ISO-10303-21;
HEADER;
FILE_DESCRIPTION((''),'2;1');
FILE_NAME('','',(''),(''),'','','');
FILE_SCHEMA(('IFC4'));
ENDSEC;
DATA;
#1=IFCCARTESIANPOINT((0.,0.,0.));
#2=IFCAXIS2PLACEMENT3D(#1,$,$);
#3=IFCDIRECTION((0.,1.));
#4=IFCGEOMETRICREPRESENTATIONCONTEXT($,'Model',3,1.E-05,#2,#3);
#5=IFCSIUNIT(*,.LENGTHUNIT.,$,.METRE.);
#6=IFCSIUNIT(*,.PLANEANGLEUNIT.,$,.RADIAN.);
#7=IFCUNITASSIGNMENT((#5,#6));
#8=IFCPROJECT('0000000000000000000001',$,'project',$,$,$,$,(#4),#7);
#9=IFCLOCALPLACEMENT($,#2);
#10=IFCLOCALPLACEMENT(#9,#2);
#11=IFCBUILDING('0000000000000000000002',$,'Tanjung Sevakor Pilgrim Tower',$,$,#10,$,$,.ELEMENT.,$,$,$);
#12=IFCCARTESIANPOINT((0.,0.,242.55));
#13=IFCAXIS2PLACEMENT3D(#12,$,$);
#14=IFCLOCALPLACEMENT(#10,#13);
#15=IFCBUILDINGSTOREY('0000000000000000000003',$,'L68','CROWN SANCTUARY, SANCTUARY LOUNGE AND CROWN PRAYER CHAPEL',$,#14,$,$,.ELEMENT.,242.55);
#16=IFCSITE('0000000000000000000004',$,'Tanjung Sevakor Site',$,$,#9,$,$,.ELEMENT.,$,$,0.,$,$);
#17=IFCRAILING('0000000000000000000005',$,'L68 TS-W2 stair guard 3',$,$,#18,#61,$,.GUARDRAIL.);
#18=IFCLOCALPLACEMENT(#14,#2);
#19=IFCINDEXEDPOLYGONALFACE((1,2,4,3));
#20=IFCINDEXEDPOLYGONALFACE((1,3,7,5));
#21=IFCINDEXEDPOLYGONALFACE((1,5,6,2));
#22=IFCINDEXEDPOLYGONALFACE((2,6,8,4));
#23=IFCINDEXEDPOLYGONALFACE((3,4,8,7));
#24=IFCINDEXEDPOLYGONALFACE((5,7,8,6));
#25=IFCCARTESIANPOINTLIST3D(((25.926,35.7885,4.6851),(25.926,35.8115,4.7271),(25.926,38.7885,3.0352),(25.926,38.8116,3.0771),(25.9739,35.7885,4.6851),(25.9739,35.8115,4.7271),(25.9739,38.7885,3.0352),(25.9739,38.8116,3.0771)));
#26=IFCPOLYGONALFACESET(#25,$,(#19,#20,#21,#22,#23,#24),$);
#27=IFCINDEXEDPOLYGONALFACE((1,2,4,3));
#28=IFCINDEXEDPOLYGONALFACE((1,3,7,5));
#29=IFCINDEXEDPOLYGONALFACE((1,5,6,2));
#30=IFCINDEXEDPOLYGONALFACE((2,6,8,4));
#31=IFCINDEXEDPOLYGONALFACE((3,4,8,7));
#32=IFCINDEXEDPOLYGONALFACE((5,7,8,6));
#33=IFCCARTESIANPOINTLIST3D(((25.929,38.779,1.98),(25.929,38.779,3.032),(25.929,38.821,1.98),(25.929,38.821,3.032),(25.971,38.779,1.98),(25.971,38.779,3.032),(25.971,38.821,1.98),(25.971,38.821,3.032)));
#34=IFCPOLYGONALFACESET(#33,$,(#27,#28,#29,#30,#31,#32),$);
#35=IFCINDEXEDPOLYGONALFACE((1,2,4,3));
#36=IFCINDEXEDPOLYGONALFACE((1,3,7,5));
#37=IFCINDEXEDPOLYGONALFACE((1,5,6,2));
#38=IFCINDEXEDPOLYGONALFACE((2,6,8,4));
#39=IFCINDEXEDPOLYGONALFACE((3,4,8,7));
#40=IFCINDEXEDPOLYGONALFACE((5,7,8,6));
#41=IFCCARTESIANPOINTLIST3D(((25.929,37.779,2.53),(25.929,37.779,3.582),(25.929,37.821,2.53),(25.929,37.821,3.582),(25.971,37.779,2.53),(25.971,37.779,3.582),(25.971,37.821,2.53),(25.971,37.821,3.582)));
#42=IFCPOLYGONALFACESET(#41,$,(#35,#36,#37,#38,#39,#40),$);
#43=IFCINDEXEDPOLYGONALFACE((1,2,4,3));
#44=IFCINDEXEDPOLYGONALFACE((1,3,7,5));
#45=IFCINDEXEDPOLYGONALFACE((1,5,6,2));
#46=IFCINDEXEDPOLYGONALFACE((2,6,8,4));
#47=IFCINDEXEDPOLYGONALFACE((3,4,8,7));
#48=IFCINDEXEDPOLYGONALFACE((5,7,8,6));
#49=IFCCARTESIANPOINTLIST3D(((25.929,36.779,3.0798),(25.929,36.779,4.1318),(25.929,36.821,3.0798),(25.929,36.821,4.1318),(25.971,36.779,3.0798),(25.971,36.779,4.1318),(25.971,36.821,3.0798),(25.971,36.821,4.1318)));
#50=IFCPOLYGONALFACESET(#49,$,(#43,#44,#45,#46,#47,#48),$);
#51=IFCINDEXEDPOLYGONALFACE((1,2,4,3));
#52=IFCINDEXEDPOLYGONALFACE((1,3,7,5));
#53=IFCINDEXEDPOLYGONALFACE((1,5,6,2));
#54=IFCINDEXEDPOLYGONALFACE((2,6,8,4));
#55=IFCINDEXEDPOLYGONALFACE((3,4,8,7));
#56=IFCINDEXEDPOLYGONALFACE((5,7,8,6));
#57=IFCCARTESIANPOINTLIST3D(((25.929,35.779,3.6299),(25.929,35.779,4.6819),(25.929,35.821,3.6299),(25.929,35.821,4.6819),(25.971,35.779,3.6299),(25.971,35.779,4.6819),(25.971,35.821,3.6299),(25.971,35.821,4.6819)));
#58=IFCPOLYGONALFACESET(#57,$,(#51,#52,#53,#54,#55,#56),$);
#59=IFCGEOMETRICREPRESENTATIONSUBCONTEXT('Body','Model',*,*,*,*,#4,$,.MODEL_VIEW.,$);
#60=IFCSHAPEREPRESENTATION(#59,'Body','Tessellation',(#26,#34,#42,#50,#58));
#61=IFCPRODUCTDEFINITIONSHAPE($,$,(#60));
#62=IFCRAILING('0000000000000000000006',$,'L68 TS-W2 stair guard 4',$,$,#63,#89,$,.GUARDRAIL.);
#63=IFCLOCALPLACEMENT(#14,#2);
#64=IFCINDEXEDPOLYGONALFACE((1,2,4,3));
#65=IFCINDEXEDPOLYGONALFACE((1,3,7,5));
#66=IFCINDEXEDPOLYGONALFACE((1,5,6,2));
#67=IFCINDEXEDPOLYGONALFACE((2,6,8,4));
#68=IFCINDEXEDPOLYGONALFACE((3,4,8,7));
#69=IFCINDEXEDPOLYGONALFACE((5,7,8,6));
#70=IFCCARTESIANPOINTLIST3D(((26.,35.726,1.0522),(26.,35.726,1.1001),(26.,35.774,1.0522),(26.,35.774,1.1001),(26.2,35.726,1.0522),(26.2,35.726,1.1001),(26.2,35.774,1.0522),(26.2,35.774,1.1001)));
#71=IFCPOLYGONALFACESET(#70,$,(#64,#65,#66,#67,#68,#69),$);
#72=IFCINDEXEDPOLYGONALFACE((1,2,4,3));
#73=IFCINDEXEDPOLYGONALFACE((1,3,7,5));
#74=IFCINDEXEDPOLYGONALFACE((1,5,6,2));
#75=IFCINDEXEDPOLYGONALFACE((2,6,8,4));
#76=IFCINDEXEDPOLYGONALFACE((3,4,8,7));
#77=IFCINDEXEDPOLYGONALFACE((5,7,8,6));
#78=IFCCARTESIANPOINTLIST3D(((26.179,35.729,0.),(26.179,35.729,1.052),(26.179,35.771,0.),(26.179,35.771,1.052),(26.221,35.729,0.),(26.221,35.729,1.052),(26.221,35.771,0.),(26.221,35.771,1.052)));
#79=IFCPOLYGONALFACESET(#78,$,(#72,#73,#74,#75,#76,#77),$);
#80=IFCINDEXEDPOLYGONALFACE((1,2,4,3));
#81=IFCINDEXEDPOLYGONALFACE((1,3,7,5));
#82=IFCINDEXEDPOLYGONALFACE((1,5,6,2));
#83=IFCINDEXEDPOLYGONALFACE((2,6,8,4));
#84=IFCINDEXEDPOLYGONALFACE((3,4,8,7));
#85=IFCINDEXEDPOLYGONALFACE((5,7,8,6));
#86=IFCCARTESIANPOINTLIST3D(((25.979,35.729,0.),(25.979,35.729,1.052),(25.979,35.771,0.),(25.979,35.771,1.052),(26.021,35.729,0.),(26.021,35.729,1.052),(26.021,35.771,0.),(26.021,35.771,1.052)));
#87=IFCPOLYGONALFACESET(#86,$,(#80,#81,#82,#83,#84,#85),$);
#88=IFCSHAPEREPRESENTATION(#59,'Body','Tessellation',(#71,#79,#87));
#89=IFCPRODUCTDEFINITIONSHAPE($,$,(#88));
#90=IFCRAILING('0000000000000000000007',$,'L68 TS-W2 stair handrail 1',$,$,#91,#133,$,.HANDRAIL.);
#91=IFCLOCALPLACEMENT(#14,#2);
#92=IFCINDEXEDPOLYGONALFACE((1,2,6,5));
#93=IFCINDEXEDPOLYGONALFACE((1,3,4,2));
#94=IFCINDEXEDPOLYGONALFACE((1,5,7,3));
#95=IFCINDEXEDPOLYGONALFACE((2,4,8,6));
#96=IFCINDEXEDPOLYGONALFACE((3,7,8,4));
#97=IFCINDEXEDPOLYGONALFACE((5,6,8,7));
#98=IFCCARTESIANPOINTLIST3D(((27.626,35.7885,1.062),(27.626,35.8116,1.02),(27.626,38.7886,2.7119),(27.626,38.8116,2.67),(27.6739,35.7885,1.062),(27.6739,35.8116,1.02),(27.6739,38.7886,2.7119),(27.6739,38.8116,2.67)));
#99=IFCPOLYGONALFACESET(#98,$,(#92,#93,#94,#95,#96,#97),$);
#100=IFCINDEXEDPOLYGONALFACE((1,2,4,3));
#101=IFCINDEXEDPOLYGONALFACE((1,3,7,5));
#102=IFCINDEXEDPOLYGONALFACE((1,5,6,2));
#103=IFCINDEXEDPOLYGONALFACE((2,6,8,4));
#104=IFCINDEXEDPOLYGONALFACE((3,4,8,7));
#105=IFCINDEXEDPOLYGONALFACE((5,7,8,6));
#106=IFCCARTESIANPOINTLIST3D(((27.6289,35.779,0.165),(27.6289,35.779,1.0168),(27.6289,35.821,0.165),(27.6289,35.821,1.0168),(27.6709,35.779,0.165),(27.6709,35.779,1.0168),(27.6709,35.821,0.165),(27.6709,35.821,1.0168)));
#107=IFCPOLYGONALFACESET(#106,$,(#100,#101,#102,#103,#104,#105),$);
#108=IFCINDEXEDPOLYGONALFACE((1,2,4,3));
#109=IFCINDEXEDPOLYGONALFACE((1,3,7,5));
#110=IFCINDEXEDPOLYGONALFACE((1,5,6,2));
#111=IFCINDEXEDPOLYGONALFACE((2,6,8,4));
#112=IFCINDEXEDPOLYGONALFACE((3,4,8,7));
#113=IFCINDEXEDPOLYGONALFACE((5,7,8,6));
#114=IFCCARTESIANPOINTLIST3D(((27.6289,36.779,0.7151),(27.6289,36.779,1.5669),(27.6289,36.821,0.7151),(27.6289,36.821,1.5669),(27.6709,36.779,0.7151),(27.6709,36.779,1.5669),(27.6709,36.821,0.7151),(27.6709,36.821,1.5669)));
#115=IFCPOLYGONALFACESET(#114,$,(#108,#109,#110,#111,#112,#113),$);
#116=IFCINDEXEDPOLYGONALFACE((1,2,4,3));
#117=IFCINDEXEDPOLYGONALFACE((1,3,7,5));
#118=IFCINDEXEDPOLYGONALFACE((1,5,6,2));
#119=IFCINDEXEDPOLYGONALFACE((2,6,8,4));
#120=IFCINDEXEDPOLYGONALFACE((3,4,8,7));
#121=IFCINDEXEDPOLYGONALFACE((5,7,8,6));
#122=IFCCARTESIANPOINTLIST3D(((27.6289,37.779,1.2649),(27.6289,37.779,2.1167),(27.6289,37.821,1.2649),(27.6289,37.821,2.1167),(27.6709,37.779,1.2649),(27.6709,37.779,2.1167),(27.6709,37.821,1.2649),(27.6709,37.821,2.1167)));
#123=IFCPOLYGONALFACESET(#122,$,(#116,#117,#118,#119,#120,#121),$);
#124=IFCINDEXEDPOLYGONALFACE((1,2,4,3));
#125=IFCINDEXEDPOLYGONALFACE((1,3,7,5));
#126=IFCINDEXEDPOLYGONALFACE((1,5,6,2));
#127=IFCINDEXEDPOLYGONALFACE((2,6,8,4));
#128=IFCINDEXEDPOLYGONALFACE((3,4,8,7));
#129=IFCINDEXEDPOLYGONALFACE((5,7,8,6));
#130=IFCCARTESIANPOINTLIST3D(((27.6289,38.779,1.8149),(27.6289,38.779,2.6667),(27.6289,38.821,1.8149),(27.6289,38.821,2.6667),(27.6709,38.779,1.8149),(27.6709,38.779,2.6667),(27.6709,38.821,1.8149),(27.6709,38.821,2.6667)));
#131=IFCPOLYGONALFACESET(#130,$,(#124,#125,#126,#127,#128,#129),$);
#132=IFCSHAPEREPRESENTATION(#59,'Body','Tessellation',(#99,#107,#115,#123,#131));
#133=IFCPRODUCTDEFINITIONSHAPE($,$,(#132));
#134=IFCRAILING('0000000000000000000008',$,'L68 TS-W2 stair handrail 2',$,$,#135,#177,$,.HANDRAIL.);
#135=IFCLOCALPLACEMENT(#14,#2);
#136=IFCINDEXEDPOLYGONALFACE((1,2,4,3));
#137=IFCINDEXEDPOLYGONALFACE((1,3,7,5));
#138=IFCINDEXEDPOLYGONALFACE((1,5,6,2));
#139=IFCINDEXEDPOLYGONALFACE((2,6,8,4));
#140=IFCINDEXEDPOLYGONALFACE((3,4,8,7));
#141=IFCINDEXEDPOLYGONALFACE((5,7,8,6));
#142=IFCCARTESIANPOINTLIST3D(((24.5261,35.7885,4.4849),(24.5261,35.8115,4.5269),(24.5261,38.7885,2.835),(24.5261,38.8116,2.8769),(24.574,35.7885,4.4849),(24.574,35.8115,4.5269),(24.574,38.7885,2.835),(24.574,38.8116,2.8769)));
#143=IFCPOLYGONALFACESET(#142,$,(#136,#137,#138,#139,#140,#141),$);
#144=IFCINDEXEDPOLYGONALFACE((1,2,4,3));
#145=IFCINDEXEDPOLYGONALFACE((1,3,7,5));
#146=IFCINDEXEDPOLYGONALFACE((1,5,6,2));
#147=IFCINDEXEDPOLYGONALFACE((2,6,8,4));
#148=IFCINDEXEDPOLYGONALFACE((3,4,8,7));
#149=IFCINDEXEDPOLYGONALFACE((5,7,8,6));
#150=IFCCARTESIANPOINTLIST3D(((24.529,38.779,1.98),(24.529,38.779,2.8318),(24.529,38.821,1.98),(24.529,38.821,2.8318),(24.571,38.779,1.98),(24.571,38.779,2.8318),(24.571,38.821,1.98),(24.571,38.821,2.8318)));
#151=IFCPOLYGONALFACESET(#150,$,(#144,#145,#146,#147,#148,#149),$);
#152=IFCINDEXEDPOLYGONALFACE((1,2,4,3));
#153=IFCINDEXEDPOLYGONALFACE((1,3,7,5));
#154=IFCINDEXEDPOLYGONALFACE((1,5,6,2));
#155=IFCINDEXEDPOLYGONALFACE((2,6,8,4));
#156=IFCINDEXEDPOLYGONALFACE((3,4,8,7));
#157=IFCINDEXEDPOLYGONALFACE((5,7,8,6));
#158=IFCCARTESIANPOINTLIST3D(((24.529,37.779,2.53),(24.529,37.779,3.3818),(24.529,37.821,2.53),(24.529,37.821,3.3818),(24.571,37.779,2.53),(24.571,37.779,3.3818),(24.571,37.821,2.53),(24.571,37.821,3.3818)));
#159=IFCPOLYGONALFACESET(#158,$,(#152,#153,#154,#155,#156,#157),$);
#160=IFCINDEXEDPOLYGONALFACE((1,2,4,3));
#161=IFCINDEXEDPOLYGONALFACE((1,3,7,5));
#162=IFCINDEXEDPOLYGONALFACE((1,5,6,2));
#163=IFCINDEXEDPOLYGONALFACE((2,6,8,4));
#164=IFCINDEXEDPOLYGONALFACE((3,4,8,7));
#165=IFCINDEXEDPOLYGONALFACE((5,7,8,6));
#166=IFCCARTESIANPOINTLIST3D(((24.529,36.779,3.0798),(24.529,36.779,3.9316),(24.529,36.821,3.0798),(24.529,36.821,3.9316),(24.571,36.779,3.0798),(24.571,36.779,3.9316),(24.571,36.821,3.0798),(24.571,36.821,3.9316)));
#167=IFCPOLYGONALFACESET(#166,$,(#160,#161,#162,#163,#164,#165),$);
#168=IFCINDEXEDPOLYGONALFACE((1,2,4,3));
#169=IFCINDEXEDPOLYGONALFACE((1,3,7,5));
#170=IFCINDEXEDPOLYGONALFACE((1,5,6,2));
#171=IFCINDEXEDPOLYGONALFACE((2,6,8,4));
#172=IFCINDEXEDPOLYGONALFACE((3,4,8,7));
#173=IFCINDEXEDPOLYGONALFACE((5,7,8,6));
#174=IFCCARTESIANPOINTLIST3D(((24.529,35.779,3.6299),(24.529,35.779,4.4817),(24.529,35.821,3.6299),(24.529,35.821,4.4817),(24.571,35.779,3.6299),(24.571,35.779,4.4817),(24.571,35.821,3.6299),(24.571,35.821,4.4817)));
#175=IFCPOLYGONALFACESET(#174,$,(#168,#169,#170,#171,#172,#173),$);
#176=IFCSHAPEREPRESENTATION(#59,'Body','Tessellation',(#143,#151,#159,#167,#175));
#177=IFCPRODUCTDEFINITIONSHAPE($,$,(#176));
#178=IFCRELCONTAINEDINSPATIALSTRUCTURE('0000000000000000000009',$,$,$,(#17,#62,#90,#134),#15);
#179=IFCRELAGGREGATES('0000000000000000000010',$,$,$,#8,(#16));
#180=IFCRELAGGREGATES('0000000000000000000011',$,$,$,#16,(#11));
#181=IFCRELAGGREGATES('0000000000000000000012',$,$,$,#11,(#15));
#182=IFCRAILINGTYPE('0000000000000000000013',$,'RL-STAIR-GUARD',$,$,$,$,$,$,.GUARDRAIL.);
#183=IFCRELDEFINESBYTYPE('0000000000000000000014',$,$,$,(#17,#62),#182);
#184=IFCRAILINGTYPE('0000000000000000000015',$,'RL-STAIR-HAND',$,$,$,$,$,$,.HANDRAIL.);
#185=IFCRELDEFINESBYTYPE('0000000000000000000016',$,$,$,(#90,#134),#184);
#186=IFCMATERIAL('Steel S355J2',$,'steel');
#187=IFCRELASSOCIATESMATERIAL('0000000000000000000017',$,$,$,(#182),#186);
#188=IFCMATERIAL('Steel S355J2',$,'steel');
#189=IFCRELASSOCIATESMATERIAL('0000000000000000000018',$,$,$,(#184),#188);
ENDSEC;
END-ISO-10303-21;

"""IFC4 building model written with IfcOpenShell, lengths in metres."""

from ifc_helpers import new_model, si_unit, direction, frame, origin, place, context, subcontext, project, spatial, rectangle, extrude, material, type_object, element, save


model = new_model("IFC4")

# Units and contexts
model_context = context("Model", 3, precision=1e-05, world=origin(), true_north=direction((0.0, 1.0)))
body_context = subcontext(model_context, "Body", "Model", "MODEL_VIEW")
ifc_project = project(units=[si_unit("LENGTHUNIT", "METRE"), si_unit("PLANEANGLEUNIT", "RADIAN")], contexts=[model_context])

# Site, building, storey
site_placement = place(None, origin())
site = spatial("IfcSite", under=ifc_project, at=site_placement, Name="Tanjung Sevakor Site", CompositionType="ELEMENT", RefElevation=0.0)
building_placement = place(site_placement, origin())
building = spatial("IfcBuilding", under=site, at=building_placement, Name="Tanjung Sevakor Pilgrim Tower", CompositionType="ELEMENT")
storey_placement = place(building_placement, frame((0.0, 0.0, 242.55)))
storey = spatial("IfcBuildingStorey", under=building, at=storey_placement, Name="L68", Description="CROWN SANCTUARY, SANCTUARY LOUNGE AND CROWN PRAYER CHAPEL", CompositionType="ELEMENT", Elevation=242.55)

# Railings
ifc_material_1 = material(Name="Steel S355J2", Category="steel")
railing_type_1 = type_object("IfcRailingType", Name="RL-STAIR-GUARD", PredefinedType="GUARDRAIL", material=ifc_material_1)
railing_1_placement = place(storey_placement, frame((25.95, 38.8, 1.98)))
element("IfcRailing", 1, at=railing_1_placement, inside=storey, type_object=railing_type_1, Name="L68 TS-W2 stair guard 3", PredefinedType="GUARDRAIL", context=body_context, shape_type="SweptSolid", body=[
    extrude(rectangle(XDim=0.0479, YDim=0.0479), frame((0.0, 0.0, 1.0762), z_axis=(0.0, -0.876228, 0.481897), x_axis=(1.0, 0.0, 0.0)), (0.0, 0.0, 1.0), 3.4238),
    extrude(rectangle(XDim=0.042, YDim=0.042), origin(), (0.0, 0.0, 1.0), 1.052),
    extrude(rectangle(XDim=0.042, YDim=0.042), frame((0.0, -1.0, 0.55)), (0.0, 0.0, 1.0), 1.052),
    extrude(rectangle(XDim=0.042, YDim=0.042), frame((0.0, -2.0, 1.0999)), (0.0, 0.0, 1.0), 1.052),
    extrude(rectangle(XDim=0.042, YDim=0.042), frame((0.0, -3.0, 1.6499)), (0.0, 0.0, 1.0), 1.052),
])
railing_2_placement = place(storey_placement, frame((26.2, 35.75, 0.0)))
element("IfcRailing", 2, at=railing_2_placement, inside=storey, type_object=railing_type_1, Name="L68 TS-W2 stair guard 4", PredefinedType="GUARDRAIL", context=body_context, shape_type="SweptSolid", body=[
    extrude(rectangle(XDim=0.0479, YDim=0.0479), frame((0.0, 0.0, 1.0762), z_axis=(-1.0, 0.0, 0.0), x_axis=(0.0, -1.0, 0.0)), (0.0, 0.0, 1.0), 0.2),
    extrude(rectangle(XDim=0.042, YDim=0.042), origin(), (0.0, 0.0, 1.0), 1.052),
    extrude(rectangle(XDim=0.042, YDim=0.042), frame((-0.2, 0.0, 0.0)), (0.0, 0.0, 1.0), 1.052),
])
ifc_material_2 = material(Name="Steel S355J2", Category="steel")
railing_type_2 = type_object("IfcRailingType", Name="RL-STAIR-HAND", PredefinedType="HANDRAIL", material=ifc_material_2)
railing_3_placement = place(storey_placement, frame((27.6499, 35.8, 0.165)))
element("IfcRailing", 3, at=railing_3_placement, inside=storey, type_object=railing_type_2, Name="L68 TS-W2 stair handrail 1", PredefinedType="HANDRAIL", context=body_context, shape_type="SweptSolid", body=[
    extrude(rectangle(XDim=0.0479, YDim=0.0479), frame((0.0, 0.0, 0.876), z_axis=(0.0, 0.876228, 0.481897), x_axis=(-1.0, 0.0, 0.0)), (0.0, 0.0, 1.0), 3.4238),
    extrude(rectangle(XDim=0.042, YDim=0.042), origin(), (0.0, 0.0, 1.0), 0.8518),
    extrude(rectangle(XDim=0.042, YDim=0.042), frame((0.0, 1.0, 0.55)), (0.0, 0.0, 1.0), 0.8518),
    extrude(rectangle(XDim=0.042, YDim=0.042), frame((0.0, 2.0, 1.0999)), (0.0, 0.0, 1.0), 0.8518),
    extrude(rectangle(XDim=0.042, YDim=0.042), frame((0.0, 3.0, 1.6499)), (0.0, 0.0, 1.0), 0.8518),
])
railing_4_placement = place(storey_placement, frame((24.55, 38.8, 1.98)))
element("IfcRailing", 4, at=railing_4_placement, inside=storey, type_object=railing_type_2, Name="L68 TS-W2 stair handrail 2", PredefinedType="HANDRAIL", context=body_context, shape_type="SweptSolid", body=[
    extrude(rectangle(XDim=0.0479, YDim=0.0479), frame((0.0, 0.0, 0.876), z_axis=(0.0, -0.876228, 0.481897), x_axis=(1.0, 0.0, 0.0)), (0.0, 0.0, 1.0), 3.4238),
    extrude(rectangle(XDim=0.042, YDim=0.042), origin(), (0.0, 0.0, 1.0), 0.8518),
    extrude(rectangle(XDim=0.042, YDim=0.042), frame((0.0, -1.0, 0.55)), (0.0, 0.0, 1.0), 0.8518),
    extrude(rectangle(XDim=0.042, YDim=0.042), frame((0.0, -2.0, 1.0999)), (0.0, 0.0, 1.0), 0.8518),
    extrude(rectangle(XDim=0.042, YDim=0.042), frame((0.0, -3.0, 1.6499)), (0.0, 0.0, 1.0), 0.8518),
])

save(model, "model.ifc")
